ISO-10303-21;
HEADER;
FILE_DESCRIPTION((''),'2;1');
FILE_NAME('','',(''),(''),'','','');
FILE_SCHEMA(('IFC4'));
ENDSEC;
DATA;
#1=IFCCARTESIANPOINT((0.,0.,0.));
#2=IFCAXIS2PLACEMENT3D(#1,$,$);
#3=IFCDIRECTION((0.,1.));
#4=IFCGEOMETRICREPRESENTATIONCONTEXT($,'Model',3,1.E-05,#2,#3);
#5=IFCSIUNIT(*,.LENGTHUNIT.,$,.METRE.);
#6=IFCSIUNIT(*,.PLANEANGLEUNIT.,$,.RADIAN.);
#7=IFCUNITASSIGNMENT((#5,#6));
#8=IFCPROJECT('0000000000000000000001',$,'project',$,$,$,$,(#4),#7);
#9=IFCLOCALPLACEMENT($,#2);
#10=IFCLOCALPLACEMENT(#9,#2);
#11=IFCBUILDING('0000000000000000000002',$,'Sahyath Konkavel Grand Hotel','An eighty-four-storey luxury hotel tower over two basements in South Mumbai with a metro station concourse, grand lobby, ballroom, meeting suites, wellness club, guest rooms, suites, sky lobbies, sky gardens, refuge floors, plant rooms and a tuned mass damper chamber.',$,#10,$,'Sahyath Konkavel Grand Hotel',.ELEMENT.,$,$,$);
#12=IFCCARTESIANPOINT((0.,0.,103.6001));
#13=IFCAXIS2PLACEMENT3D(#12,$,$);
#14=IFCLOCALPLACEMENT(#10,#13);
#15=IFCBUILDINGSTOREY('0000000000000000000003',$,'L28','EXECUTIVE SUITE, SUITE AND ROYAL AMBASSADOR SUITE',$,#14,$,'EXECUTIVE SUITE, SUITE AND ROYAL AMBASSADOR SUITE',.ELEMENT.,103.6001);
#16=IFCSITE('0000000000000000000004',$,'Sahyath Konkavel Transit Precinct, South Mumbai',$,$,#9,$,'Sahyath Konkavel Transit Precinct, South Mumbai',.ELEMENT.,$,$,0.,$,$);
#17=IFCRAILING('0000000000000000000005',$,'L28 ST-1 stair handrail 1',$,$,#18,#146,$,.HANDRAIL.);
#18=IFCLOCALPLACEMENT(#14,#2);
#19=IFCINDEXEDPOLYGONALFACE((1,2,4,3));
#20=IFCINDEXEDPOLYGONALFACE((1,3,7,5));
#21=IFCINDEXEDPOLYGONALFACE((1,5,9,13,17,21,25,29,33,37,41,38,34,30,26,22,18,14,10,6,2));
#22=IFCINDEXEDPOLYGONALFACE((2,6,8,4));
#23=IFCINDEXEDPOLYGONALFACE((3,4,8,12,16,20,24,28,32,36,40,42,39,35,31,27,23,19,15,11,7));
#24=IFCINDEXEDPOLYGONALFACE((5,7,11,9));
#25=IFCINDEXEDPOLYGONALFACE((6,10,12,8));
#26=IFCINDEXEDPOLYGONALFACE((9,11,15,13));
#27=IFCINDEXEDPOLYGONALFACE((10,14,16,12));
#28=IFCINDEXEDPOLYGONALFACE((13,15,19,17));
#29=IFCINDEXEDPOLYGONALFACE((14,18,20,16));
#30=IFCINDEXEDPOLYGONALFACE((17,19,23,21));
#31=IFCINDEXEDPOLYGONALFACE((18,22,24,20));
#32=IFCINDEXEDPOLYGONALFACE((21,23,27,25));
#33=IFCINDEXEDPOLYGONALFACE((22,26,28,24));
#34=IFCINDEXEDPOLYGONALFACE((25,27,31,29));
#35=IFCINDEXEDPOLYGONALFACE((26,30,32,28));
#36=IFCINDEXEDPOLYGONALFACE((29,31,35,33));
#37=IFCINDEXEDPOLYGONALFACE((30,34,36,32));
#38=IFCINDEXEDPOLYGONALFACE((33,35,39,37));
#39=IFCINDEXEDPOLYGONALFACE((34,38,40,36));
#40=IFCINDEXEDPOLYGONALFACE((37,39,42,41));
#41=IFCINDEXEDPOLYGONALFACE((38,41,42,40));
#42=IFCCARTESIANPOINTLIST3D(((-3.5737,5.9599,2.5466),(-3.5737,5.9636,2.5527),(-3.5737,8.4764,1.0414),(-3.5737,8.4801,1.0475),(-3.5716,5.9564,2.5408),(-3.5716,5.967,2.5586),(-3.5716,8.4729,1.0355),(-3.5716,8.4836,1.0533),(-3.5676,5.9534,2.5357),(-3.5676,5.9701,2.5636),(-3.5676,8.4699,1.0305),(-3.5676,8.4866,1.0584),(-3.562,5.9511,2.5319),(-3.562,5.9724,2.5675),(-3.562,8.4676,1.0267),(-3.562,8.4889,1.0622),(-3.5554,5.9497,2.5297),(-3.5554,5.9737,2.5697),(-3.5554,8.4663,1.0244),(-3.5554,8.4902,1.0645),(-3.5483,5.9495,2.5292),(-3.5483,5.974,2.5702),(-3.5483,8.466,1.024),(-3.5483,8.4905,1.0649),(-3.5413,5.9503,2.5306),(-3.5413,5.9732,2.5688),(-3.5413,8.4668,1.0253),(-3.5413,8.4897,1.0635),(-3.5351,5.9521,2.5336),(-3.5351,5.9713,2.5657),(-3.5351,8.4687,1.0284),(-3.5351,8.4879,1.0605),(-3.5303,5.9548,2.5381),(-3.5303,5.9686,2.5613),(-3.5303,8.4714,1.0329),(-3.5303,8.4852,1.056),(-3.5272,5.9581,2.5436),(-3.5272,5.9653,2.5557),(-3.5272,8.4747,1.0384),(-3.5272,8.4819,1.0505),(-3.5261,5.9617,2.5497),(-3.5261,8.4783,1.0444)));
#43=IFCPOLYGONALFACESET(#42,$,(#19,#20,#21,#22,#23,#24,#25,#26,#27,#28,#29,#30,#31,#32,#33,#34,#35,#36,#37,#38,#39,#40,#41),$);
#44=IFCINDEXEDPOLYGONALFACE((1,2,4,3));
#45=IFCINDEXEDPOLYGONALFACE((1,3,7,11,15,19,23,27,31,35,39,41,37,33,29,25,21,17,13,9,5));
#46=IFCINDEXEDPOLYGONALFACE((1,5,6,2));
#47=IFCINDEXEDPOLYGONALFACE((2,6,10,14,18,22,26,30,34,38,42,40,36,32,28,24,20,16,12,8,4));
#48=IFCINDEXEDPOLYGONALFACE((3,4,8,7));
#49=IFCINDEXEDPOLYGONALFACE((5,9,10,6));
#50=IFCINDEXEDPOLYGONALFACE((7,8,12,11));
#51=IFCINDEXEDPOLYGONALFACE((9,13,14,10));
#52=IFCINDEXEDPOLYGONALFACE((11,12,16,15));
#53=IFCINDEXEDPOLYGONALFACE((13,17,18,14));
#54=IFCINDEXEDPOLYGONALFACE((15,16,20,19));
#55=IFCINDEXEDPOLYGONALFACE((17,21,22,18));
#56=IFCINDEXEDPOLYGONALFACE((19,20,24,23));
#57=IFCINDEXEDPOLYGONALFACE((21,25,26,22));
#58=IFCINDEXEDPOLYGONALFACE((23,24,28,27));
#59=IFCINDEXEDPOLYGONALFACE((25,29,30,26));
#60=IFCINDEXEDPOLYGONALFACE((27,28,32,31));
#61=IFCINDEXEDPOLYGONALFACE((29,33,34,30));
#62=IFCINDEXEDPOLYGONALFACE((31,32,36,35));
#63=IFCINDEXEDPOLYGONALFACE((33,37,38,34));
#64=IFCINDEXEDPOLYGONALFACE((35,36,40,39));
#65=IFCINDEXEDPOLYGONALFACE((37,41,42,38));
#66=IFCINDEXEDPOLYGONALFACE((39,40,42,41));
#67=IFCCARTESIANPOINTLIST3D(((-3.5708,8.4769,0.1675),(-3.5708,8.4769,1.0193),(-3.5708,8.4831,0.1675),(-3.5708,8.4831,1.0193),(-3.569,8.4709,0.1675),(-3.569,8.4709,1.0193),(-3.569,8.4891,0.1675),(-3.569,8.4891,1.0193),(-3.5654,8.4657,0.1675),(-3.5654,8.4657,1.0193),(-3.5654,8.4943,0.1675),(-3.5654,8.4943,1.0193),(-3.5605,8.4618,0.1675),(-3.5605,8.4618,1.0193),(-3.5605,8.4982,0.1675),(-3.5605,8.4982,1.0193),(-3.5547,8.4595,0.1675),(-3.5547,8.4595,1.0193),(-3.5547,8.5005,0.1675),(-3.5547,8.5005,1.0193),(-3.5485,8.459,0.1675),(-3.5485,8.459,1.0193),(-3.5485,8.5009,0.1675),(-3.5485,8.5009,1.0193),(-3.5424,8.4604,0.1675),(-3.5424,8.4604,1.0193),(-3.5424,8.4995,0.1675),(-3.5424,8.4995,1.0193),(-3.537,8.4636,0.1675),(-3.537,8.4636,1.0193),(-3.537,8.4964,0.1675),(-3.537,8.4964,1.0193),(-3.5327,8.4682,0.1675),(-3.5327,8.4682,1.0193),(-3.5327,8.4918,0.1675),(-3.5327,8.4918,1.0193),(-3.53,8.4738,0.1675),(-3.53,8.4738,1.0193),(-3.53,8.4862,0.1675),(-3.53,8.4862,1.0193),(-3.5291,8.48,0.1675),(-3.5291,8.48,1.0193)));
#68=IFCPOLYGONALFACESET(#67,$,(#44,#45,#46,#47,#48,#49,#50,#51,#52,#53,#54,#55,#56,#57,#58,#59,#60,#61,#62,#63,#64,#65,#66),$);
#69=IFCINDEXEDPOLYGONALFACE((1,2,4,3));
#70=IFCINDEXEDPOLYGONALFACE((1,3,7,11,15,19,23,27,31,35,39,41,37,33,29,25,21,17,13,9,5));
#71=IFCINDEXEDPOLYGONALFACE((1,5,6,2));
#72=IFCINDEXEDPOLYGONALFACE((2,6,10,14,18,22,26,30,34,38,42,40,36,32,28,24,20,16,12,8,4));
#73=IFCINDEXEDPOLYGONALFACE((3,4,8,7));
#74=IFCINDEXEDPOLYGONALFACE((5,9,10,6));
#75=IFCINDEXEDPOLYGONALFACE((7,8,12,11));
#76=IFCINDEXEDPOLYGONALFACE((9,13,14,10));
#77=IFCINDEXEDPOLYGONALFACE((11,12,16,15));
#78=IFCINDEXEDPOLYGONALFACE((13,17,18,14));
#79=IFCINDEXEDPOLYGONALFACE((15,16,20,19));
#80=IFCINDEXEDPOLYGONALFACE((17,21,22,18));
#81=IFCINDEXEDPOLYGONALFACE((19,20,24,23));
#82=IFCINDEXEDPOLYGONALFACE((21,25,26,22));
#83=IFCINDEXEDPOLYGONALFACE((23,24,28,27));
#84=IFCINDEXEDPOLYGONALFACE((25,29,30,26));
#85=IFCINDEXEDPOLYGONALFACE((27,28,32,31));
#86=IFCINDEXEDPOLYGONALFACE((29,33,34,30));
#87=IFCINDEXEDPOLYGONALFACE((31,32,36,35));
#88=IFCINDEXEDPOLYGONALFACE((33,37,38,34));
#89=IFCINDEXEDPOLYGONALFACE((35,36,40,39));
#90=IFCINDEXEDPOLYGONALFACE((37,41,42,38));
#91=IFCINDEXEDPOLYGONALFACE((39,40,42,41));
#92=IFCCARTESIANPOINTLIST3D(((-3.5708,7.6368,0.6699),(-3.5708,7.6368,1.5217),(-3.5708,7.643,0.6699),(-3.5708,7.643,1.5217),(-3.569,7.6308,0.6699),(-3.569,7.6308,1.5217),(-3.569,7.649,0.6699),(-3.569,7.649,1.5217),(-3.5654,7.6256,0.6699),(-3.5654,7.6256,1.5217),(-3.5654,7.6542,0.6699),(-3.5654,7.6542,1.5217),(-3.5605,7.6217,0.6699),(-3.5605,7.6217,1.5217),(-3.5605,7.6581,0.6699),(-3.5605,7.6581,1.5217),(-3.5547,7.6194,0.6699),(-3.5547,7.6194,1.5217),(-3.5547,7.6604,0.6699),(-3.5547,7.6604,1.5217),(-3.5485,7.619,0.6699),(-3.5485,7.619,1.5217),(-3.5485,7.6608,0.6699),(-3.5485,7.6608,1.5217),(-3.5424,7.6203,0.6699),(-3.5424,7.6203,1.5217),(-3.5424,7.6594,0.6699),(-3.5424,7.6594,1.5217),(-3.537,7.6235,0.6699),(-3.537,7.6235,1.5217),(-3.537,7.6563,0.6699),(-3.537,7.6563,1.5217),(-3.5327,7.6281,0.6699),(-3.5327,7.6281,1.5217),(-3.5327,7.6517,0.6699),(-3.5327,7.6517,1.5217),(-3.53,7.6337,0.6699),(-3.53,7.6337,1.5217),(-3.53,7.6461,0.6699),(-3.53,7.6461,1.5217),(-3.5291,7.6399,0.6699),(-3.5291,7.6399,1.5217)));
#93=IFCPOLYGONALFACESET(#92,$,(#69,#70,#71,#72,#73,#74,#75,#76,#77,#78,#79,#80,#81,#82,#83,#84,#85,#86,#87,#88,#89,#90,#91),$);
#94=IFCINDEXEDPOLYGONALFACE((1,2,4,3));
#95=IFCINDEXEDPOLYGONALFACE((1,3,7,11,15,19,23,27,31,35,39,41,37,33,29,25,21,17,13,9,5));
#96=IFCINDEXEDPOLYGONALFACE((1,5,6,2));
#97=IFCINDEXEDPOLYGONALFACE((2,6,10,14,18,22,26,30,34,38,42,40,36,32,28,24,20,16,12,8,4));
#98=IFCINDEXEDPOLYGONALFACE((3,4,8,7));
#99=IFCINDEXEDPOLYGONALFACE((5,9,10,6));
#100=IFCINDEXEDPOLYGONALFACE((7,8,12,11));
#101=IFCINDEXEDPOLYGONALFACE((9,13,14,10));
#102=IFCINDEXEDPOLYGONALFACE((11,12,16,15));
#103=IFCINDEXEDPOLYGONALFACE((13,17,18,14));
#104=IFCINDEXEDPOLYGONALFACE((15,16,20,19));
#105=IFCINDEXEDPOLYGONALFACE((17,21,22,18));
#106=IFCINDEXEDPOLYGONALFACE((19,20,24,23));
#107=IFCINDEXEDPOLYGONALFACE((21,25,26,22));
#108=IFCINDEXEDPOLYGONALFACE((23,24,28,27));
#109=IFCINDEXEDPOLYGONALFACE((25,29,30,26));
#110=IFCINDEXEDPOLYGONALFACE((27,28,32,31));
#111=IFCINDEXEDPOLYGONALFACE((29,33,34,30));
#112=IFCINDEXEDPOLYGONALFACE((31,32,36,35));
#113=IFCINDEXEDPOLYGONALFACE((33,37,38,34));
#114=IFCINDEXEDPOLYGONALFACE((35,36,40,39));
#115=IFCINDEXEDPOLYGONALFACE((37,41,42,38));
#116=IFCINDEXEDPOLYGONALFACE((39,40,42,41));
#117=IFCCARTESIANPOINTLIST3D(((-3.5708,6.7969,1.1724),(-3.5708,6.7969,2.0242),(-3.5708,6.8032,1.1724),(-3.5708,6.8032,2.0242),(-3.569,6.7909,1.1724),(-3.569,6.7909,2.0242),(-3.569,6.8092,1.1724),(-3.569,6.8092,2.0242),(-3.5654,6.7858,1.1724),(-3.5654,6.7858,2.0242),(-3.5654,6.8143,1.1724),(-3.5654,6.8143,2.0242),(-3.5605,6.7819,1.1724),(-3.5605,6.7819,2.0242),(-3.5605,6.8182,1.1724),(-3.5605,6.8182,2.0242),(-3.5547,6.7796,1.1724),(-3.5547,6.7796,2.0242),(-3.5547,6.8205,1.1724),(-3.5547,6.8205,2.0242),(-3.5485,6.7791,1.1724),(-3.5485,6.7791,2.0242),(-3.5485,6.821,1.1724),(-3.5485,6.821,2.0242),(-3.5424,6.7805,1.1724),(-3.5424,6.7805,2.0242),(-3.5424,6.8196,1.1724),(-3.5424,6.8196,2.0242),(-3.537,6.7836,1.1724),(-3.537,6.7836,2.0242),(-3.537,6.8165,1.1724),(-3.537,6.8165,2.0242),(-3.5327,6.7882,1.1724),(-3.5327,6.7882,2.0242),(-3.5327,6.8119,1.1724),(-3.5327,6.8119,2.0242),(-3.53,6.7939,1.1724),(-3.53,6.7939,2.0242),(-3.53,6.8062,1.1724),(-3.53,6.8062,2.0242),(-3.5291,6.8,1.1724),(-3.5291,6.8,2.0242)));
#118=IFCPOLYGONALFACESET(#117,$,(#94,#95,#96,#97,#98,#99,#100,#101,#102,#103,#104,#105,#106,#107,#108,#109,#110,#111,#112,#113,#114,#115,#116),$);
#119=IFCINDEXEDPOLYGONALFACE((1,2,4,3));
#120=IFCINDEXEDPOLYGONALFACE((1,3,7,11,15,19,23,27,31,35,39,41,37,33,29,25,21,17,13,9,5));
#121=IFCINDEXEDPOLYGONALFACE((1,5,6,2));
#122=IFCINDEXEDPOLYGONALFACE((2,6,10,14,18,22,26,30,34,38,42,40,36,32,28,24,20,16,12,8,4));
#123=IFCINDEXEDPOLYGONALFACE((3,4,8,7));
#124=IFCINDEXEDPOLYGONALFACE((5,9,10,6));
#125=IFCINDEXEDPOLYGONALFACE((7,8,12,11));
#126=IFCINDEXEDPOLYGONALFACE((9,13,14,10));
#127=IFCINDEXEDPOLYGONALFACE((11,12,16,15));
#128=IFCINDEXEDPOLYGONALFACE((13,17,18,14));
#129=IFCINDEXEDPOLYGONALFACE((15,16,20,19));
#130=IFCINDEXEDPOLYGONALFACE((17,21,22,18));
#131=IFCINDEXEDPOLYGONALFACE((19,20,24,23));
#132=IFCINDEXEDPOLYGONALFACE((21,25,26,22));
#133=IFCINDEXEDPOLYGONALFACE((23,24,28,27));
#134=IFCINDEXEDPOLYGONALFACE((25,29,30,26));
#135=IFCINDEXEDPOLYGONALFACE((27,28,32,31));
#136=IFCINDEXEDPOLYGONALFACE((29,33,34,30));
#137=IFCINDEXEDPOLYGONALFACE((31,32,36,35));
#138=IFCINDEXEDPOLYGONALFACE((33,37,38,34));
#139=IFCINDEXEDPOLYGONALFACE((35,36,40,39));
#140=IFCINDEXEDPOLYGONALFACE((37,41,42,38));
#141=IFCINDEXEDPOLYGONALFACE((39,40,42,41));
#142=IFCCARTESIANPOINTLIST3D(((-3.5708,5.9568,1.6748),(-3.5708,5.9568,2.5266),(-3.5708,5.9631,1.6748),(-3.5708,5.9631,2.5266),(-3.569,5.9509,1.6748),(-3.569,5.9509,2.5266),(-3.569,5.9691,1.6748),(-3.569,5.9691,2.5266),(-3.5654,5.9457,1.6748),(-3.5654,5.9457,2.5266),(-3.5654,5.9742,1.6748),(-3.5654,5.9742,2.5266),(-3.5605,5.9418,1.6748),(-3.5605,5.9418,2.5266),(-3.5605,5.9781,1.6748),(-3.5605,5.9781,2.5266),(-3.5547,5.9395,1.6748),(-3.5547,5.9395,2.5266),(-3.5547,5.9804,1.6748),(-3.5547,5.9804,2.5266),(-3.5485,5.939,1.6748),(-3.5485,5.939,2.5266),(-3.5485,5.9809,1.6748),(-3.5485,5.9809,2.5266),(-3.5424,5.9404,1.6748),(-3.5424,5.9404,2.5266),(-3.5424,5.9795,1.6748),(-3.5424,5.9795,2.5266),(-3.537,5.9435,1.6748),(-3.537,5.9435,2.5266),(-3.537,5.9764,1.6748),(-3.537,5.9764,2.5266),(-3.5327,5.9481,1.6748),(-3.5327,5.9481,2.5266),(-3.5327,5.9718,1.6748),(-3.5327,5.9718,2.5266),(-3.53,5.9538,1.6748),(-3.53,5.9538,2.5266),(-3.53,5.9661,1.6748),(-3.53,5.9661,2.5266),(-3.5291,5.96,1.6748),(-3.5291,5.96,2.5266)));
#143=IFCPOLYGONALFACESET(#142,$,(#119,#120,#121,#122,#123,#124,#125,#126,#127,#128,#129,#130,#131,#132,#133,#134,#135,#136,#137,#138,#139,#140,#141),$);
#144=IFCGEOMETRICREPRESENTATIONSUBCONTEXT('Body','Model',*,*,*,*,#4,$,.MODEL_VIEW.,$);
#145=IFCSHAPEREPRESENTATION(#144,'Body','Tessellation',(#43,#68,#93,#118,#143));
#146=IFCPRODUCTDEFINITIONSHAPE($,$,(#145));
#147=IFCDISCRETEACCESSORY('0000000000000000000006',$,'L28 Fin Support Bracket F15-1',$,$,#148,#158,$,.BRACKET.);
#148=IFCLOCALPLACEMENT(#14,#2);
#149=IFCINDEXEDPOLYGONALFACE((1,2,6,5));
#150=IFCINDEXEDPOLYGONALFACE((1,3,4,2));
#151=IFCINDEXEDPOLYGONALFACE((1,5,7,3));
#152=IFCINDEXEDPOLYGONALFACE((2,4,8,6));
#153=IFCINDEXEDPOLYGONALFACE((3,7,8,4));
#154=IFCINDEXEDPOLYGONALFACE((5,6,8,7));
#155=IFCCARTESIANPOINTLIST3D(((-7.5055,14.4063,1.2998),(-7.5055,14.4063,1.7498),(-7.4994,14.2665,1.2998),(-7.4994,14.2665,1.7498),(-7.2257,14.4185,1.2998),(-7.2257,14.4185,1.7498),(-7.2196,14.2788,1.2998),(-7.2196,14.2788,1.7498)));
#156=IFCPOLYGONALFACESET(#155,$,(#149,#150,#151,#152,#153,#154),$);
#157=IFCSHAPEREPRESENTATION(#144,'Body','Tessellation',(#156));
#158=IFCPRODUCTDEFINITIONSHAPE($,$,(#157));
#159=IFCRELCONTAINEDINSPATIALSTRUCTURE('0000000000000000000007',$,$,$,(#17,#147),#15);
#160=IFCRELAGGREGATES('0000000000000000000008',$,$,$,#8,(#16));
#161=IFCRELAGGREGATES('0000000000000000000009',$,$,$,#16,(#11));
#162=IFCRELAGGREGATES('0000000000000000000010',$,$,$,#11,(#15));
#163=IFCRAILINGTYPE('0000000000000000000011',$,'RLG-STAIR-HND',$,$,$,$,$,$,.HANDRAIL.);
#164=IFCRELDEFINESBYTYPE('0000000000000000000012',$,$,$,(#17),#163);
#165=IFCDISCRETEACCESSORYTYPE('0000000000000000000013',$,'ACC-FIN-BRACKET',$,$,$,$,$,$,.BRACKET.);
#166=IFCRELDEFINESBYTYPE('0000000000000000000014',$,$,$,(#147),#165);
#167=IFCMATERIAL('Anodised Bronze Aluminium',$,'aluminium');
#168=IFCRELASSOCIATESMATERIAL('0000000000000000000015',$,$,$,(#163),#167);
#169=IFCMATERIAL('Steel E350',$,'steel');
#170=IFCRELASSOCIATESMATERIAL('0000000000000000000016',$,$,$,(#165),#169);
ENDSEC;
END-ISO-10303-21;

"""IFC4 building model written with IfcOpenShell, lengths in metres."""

from ifc_helpers import new_model, si_unit, direction, frame, origin, origin_2d, place, context, subcontext, project, spatial, rectangle, circle, extrude, source, transform, mapped, material, type_object, element, save


model = new_model("IFC4")

# Units and contexts
model_context = context("Model", 3, precision=1e-05, world=origin(), true_north=direction((0.0, 1.0)))
body_context = subcontext(model_context, "Body", "Model", "MODEL_VIEW")
ifc_project = project(units=[si_unit("LENGTHUNIT", "METRE"), si_unit("PLANEANGLEUNIT", "RADIAN")], contexts=[model_context])

# Site, building, storey
site_placement = place(None, origin())
site = spatial("IfcSite", under=ifc_project, at=site_placement, Name="Sahyath Konkavel Transit Precinct, South Mumbai", LongName="Sahyath Konkavel Transit Precinct, South Mumbai", CompositionType="ELEMENT", RefElevation=0.0)
building_placement = place(site_placement, origin())
building = spatial("IfcBuilding", under=site, at=building_placement, Name="Sahyath Konkavel Grand Hotel", Description="An eighty-four-storey luxury hotel tower over two basements in South Mumbai with a metro station concourse, grand lobby, ballroom, meeting suites, wellness club, guest rooms, suites, sky lobbies, sky gardens, refuge floors, plant rooms and a tuned mass damper chamber.", LongName="Sahyath Konkavel Grand Hotel", CompositionType="ELEMENT")
storey_placement = place(building_placement, frame((0.0, 0.0, 103.6001)))
storey = spatial("IfcBuildingStorey", under=building, at=storey_placement, Name="L28", Description="EXECUTIVE SUITE, SUITE AND ROYAL AMBASSADOR SUITE", LongName="EXECUTIVE SUITE, SUITE AND ROYAL AMBASSADOR SUITE", CompositionType="ELEMENT", Elevation=103.6001)

# Shared definitions
ifc_material_1 = material(Name="Steel E350", Category="steel")

# Shared definitions
ifc_material_2 = material(Name="Anodised Bronze Aluminium", Category="aluminium")

# Railing
railing_type_1 = type_object("IfcRailingType", Name="RLG-STAIR-HND", PredefinedType="HANDRAIL", material=ifc_material_2)
railing_1_placement = place(storey_placement, frame((-3.55, 8.48, 0.1675)))
element("IfcRailing", 1, at=railing_1_placement, inside=storey, type_object=railing_type_1, Name="L28 ST-1 stair handrail 1", PredefinedType="HANDRAIL", context=body_context, shape_type="SweptSolid", body=[
    extrude(circle(Radius=0.0239, at=origin_2d()), frame((0.0, -0.0017, 0.877), z_axis=(0.0, -0.858196, 0.513321), x_axis=(1.0, 0.0, 0.0)), (0.0, 0.0, 1.0), 2.9324),
    extrude(circle(Radius=0.021, at=origin_2d()), origin(), (0.0, 0.0, 1.0), 0.8518),
    extrude(circle(Radius=0.021, at=origin_2d()), frame((0.0, -0.8401, 0.5024)), (0.0, 0.0, 1.0), 0.8518),
    extrude(circle(Radius=0.021, at=origin_2d()), frame((0.0, -1.6799, 1.0049)), (0.0, 0.0, 1.0), 0.8518),
    extrude(circle(Radius=0.021, at=origin_2d()), frame((0.0, -2.52, 1.5073)), (0.0, 0.0, 1.0), 0.8518),
])

# Discrete accessory
discrete_accessory_type = type_object("IfcDiscreteAccessoryType", Name="ACC-FIN-BRACKET", PredefinedType="BRACKET", material=ifc_material_1)
shared_shape_1 = source(origin(), body_context, "Body", "SweptSolid", [
    extrude(rectangle(XDim=0.28, YDim=0.1399, at=origin_2d()), origin(), (0.0, 0.0, 1.0), 0.45),
])
discrete_accessory_placement = place(storey_placement, frame((-7.3625, 14.3425, 1.2998), z_axis=(0.0, 0.0, 1.0), x_axis=(-0.999048, -0.043619, 0.0)))
element("IfcDiscreteAccessory", 2, at=discrete_accessory_placement, inside=storey, type_object=discrete_accessory_type, Name="L28 Fin Support Bracket F15-1", PredefinedType="BRACKET", context=body_context, shape_type="MappedRepresentation", body=[
    mapped(shared_shape_1, transform((0.0, 0.0, 0.0), scale=1.0)),
])

save(model, "model.ifc")
